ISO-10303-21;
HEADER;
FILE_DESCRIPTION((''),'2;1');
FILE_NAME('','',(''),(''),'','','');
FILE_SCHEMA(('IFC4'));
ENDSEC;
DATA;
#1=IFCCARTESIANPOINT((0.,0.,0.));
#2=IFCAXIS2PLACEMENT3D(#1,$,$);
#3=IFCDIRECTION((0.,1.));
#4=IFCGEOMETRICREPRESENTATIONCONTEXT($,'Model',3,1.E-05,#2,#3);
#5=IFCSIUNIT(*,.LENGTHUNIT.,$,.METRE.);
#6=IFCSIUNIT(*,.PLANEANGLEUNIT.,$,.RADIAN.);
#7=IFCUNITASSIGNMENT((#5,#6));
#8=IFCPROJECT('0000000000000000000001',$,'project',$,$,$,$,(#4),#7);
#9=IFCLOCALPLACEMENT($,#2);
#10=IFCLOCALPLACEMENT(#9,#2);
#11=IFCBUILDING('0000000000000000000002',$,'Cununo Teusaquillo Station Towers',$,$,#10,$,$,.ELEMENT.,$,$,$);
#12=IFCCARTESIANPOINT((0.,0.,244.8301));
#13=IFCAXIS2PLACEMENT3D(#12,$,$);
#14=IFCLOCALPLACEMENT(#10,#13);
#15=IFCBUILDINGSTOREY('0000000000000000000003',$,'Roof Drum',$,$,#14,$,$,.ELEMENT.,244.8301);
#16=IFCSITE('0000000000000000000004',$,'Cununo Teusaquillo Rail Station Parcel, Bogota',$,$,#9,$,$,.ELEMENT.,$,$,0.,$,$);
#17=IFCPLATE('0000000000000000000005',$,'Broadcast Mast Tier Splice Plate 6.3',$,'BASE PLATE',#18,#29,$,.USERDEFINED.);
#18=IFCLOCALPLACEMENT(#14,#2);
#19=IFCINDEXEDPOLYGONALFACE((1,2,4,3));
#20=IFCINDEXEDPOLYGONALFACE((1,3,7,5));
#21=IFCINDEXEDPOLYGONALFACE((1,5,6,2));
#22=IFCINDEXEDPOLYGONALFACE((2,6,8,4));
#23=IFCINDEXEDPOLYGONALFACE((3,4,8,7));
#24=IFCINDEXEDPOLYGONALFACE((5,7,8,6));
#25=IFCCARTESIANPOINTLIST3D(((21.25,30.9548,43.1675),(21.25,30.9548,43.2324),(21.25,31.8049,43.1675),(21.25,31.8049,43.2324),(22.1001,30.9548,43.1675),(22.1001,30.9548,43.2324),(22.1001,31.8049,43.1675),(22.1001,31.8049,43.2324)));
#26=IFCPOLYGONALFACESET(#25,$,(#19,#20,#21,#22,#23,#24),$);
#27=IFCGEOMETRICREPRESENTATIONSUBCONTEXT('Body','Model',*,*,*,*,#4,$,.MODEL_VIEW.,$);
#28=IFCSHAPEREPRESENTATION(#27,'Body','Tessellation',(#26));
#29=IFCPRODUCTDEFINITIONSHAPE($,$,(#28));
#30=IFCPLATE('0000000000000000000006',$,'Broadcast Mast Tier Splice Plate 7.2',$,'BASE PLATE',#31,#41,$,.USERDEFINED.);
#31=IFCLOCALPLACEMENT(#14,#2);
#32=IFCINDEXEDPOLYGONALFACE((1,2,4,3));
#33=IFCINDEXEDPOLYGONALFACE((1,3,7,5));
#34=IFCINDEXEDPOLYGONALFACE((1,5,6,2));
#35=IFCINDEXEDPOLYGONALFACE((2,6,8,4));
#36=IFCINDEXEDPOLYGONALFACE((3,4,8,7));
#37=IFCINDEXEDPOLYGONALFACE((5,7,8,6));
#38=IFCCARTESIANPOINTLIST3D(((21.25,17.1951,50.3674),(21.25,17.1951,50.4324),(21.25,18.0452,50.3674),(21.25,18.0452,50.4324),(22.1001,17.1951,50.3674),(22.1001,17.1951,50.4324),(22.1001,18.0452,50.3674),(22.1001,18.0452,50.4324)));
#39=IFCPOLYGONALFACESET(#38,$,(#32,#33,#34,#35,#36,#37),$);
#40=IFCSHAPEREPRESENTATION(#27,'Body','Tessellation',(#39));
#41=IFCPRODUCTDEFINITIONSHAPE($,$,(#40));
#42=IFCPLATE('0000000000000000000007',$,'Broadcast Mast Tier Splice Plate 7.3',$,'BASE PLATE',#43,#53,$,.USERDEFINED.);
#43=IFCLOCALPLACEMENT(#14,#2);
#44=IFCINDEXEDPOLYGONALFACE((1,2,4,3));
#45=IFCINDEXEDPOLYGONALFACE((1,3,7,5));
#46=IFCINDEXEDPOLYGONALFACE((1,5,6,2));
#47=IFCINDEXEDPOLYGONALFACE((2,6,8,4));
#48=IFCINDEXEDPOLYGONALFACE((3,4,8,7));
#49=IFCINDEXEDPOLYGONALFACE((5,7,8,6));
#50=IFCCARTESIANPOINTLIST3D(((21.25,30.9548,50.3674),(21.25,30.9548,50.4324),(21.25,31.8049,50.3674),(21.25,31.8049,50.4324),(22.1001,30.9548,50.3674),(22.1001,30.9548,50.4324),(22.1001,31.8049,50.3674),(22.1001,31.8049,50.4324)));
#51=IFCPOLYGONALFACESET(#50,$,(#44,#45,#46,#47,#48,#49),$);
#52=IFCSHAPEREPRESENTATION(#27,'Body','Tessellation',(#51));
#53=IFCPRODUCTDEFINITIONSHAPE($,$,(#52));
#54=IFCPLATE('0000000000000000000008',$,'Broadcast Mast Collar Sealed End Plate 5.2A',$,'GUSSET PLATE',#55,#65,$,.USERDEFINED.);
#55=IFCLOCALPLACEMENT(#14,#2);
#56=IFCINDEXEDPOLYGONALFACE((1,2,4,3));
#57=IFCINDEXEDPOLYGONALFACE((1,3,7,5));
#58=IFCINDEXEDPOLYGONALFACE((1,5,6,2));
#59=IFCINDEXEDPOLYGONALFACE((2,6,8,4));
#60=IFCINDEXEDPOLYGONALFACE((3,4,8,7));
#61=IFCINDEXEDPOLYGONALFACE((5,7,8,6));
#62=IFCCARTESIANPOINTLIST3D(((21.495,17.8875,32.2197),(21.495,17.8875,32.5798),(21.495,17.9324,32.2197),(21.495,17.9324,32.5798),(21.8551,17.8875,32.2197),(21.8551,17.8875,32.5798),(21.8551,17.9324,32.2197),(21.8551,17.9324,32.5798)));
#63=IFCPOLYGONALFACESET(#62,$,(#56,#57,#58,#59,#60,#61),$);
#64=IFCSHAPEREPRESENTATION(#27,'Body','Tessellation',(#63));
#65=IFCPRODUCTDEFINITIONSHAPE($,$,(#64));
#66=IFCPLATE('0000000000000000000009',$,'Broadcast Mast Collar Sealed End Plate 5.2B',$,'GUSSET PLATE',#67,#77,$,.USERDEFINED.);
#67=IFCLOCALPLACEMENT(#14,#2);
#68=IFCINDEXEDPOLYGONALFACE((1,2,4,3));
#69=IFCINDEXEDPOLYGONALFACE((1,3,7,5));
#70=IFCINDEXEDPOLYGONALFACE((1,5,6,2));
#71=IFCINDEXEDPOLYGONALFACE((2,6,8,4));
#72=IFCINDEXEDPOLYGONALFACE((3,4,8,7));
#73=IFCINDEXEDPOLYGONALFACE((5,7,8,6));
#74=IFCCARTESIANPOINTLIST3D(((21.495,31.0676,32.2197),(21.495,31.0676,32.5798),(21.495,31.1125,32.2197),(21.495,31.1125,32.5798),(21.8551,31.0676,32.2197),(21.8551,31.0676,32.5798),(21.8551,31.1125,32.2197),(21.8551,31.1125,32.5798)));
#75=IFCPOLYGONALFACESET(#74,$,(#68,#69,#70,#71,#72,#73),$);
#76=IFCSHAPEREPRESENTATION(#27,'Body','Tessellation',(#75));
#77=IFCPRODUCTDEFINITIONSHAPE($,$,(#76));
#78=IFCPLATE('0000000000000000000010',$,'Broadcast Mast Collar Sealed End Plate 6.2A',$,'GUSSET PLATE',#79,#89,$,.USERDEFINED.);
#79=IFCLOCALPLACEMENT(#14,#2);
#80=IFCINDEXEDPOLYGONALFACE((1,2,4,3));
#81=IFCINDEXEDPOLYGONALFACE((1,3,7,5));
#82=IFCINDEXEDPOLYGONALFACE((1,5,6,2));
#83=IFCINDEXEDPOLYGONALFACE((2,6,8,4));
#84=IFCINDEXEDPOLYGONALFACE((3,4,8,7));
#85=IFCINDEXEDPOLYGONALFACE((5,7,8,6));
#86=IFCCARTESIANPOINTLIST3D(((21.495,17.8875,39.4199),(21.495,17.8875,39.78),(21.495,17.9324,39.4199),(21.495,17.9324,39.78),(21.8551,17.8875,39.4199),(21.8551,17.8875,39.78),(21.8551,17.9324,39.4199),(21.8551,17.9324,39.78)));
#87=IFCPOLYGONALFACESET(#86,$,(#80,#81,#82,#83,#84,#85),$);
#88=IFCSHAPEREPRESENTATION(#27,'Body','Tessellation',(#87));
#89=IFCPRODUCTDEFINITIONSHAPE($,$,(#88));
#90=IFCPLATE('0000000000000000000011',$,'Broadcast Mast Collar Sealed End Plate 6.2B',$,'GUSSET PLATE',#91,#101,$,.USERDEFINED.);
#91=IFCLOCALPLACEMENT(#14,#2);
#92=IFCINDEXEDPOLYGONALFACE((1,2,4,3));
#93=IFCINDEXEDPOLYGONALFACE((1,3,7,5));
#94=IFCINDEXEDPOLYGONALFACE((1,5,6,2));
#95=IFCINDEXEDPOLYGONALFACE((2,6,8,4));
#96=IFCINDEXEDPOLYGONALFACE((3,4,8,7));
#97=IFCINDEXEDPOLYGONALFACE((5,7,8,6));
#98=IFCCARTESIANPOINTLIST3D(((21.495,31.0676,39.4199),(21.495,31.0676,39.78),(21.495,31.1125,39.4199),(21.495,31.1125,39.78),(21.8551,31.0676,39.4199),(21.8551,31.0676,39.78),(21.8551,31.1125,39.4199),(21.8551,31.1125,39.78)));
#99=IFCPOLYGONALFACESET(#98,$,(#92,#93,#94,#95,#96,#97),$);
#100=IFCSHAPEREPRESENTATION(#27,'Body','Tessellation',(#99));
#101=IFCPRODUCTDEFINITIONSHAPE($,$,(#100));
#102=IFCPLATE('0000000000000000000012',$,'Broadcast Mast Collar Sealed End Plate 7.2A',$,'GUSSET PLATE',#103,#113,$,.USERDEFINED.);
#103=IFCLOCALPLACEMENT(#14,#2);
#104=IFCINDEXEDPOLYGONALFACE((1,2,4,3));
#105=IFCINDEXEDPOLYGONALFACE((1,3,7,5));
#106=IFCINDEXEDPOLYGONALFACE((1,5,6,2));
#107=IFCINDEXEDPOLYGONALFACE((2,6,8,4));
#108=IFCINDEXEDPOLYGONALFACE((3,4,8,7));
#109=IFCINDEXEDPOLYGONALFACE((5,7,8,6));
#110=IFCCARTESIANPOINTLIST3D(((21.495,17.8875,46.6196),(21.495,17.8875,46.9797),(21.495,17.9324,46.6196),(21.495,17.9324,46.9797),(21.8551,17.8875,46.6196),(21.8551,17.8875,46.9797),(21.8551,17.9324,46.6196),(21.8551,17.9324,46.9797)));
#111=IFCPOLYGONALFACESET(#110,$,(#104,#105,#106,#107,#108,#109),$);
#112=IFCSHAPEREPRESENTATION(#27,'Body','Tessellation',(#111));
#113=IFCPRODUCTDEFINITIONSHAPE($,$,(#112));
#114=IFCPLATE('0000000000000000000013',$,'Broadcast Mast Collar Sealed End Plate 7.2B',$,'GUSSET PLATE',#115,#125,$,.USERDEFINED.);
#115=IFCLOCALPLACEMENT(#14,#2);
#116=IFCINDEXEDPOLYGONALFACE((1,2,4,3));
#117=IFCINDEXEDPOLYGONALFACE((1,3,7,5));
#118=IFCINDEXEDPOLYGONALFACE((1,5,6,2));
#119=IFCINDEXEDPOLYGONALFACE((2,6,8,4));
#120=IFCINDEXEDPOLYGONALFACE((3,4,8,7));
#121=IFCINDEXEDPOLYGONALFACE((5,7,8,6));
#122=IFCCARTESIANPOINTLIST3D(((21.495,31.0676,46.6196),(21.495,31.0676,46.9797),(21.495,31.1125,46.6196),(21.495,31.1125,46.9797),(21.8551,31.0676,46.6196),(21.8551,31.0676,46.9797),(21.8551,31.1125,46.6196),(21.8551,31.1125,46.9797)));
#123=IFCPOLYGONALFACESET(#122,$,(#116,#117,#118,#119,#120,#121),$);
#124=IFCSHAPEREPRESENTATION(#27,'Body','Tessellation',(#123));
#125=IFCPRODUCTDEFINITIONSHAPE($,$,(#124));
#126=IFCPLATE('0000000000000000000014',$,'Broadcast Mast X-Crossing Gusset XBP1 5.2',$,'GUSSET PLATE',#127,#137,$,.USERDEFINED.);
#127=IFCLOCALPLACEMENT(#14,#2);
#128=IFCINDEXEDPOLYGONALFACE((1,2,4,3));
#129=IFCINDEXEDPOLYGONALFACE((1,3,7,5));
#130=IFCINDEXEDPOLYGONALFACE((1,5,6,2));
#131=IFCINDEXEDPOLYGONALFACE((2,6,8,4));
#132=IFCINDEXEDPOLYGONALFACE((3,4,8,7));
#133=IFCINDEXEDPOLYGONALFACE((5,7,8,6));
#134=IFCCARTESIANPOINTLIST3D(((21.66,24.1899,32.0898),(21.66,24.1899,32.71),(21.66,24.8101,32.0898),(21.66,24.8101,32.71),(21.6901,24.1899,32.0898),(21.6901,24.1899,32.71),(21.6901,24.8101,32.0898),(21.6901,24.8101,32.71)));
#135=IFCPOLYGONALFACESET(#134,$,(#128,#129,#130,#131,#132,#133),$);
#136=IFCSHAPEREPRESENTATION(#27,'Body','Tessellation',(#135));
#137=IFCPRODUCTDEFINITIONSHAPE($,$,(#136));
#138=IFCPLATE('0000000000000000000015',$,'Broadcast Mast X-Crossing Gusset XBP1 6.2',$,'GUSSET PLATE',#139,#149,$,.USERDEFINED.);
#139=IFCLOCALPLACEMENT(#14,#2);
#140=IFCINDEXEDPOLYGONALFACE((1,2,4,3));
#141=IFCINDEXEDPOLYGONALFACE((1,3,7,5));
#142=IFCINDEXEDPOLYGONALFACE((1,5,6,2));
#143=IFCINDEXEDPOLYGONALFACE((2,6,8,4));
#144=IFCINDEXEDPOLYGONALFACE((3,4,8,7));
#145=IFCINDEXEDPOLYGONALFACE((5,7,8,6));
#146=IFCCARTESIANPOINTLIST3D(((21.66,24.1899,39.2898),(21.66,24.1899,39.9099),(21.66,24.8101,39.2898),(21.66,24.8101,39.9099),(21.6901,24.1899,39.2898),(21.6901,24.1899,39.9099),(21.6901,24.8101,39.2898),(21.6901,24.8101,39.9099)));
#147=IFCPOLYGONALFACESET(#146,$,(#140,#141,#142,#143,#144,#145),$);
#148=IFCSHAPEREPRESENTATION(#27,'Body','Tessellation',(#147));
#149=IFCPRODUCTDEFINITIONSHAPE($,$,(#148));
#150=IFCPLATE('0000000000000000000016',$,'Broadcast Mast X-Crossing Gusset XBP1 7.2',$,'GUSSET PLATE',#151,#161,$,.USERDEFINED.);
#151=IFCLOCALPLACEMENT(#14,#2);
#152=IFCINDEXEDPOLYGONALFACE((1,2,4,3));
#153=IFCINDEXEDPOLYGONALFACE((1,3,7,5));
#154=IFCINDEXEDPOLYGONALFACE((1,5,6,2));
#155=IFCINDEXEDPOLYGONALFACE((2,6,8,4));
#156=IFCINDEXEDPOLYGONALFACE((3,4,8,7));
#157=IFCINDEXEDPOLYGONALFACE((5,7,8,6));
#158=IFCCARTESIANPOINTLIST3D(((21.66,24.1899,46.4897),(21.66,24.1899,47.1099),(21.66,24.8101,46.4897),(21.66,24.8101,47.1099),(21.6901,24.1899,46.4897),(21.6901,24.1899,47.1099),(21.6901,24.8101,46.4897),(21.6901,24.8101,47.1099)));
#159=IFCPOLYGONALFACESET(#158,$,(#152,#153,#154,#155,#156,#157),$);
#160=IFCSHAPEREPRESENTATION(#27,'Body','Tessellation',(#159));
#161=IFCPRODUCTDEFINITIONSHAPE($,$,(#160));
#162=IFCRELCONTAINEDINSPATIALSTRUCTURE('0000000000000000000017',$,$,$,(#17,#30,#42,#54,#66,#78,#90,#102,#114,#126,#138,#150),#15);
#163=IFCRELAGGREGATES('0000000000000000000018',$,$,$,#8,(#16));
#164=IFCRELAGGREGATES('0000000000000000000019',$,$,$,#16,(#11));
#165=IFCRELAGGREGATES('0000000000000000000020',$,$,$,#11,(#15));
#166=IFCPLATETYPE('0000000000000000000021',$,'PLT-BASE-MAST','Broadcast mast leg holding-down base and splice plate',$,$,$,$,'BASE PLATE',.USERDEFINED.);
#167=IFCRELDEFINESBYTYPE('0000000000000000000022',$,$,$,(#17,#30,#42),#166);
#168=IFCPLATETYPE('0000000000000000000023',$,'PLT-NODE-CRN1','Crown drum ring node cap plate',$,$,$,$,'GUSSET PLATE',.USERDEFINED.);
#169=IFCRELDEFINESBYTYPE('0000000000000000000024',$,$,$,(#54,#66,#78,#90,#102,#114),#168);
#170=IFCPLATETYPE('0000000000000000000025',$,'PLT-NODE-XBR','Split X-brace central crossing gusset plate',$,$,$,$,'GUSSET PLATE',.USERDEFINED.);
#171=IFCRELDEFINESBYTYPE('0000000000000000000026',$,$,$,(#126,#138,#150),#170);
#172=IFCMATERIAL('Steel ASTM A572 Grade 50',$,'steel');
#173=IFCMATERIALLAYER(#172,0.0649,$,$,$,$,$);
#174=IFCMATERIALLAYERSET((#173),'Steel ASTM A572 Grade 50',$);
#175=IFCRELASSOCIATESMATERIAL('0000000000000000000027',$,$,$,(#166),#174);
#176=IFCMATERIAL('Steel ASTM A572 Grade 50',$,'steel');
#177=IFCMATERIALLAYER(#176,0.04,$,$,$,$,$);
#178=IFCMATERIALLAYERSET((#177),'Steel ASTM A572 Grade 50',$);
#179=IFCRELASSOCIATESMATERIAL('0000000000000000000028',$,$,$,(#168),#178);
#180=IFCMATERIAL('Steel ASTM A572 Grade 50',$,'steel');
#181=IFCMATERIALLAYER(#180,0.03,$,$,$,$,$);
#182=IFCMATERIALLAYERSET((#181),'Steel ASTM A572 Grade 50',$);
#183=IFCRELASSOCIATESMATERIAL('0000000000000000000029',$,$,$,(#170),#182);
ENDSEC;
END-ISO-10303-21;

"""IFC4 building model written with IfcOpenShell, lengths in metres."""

from ifc_helpers import new_model, si_unit, direction, frame, origin, origin_2d, place, context, subcontext, project, spatial, rectangle, extrude, source, transform, mapped, material, layer, layer_set, type_object, element, save


model = new_model("IFC4")

# Units and contexts
model_context = context("Model", 3, precision=1e-05, world=origin(), true_north=direction((0.0, 1.0)))
body_context = subcontext(model_context, "Body", "Model", "MODEL_VIEW")
ifc_project = project(units=[si_unit("LENGTHUNIT", "METRE"), si_unit("PLANEANGLEUNIT", "RADIAN")], contexts=[model_context])

# Site, building, storey
site_placement = place(None, origin())
site = spatial("IfcSite", under=ifc_project, at=site_placement, Name="Cununo Teusaquillo Rail Station Parcel, Bogota", CompositionType="ELEMENT", RefElevation=0.0)
building_placement = place(site_placement, origin())
building = spatial("IfcBuilding", under=site, at=building_placement, Name="Cununo Teusaquillo Station Towers", CompositionType="ELEMENT")
storey_placement = place(building_placement, frame((0.0, 0.0, 244.8301)))
storey = spatial("IfcBuildingStorey", under=building, at=storey_placement, Name="Roof Drum", CompositionType="ELEMENT", Elevation=244.8301)

# Plates
ifc_material_1 = material(Name="Steel ASTM A572 Grade 50", Category="steel")
ifc_layer_1 = layer(ifc_material_1, 0.0649)
ifc_layer_set_1 = layer_set([ifc_layer_1], Name="Steel ASTM A572 Grade 50")
plate_type_1 = type_object("IfcPlateType", Name="PLT-BASE-MAST", Description="Broadcast mast leg holding-down base and splice plate", ElementType="BASE PLATE", PredefinedType="USERDEFINED", material=ifc_layer_set_1)
shared_shape_1 = source(origin(), body_context, "Body", "SweptSolid", [
    extrude(rectangle(XDim=0.8501, YDim=0.8501, at=origin_2d()), origin(), (0.0, 0.0, 1.0), 0.0649),
])
for number, where, z_axis, x_axis, name in (
    (1, (21.675, 31.3799, 43.1675), (0.0, 0.0, 1.0), (1.0, 0.0, 0.0), "Broadcast Mast Tier Splice Plate 6.3"),
    (2, (21.675, 17.6201, 50.3674), (0.0, 0.0, 1.0), (1.0, 0.0, 0.0), "Broadcast Mast Tier Splice Plate 7.2"),
    (3, (21.675, 31.3799, 50.3674), (0.0, 0.0, 1.0), (1.0, 0.0, 0.0), "Broadcast Mast Tier Splice Plate 7.3"),
):
    element("IfcPlate", number, at=place(storey_placement, frame(where, z_axis=z_axis, x_axis=x_axis)), inside=storey, type_object=plate_type_1, Name=name, ObjectType="BASE PLATE", PredefinedType="USERDEFINED", context=body_context, shape_type="MappedRepresentation", body=[
        mapped(shared_shape_1, transform((0.0, 0.0, 0.0), x_axis=(1.0, 0.0, 0.0), y_axis=(0.0, 1.0, 0.0), z_axis=(0.0, 0.0, 1.0), scale=1.0)),
    ])
ifc_material_2 = material(Name="Steel ASTM A572 Grade 50", Category="steel")
ifc_layer_2 = layer(ifc_material_2, 0.04)
ifc_layer_set_2 = layer_set([ifc_layer_2], Name="Steel ASTM A572 Grade 50")
plate_type_2 = type_object("IfcPlateType", Name="PLT-NODE-CRN1", Description="Crown drum ring node cap plate", ElementType="GUSSET PLATE", PredefinedType="USERDEFINED", material=ifc_layer_set_2)
shared_shape_2 = source(origin(), body_context, "Body", "SweptSolid", [
    extrude(rectangle(XDim=0.0449, YDim=0.3601, at=origin_2d()), origin(), (0.0, 0.0, 1.0), 0.3601),
])
for number, where, z_axis, x_axis, name in (
    (4, (21.675, 17.9099, 32.2197), (0.0, 0.0, 1.0), (0.0, 1.0, 0.0), "Broadcast Mast Collar Sealed End Plate 5.2A"),
    (5, (21.675, 31.0901, 32.2197), (0.0, 0.0, 1.0), (0.0, 1.0, 0.0), "Broadcast Mast Collar Sealed End Plate 5.2B"),
    (6, (21.675, 17.9099, 39.4199), (0.0, 0.0, 1.0), (0.0, 1.0, 0.0), "Broadcast Mast Collar Sealed End Plate 6.2A"),
    (7, (21.675, 31.0901, 39.4199), (0.0, 0.0, 1.0), (0.0, 1.0, 0.0), "Broadcast Mast Collar Sealed End Plate 6.2B"),
    (8, (21.675, 17.9099, 46.6196), (0.0, 0.0, 1.0), (0.0, 1.0, 0.0), "Broadcast Mast Collar Sealed End Plate 7.2A"),
    (9, (21.675, 31.0901, 46.6196), (0.0, 0.0, 1.0), (0.0, 1.0, 0.0), "Broadcast Mast Collar Sealed End Plate 7.2B"),
):
    element("IfcPlate", number, at=place(storey_placement, frame(where, z_axis=z_axis, x_axis=x_axis)), inside=storey, type_object=plate_type_2, Name=name, ObjectType="GUSSET PLATE", PredefinedType="USERDEFINED", context=body_context, shape_type="MappedRepresentation", body=[
        mapped(shared_shape_2, transform((0.0, 0.0, 0.0), x_axis=(1.0, 0.0, 0.0), y_axis=(0.0, 1.0, 0.0), z_axis=(0.0, 0.0, 1.0), scale=1.0)),
    ])
ifc_material_3 = material(Name="Steel ASTM A572 Grade 50", Category="steel")
ifc_layer_3 = layer(ifc_material_3, 0.03)
ifc_layer_set_3 = layer_set([ifc_layer_3], Name="Steel ASTM A572 Grade 50")
plate_type_3 = type_object("IfcPlateType", Name="PLT-NODE-XBR", Description="Split X-brace central crossing gusset plate", ElementType="GUSSET PLATE", PredefinedType="USERDEFINED", material=ifc_layer_set_3)
shared_shape_3 = source(origin(), body_context, "Body", "SweptSolid", [
    extrude(rectangle(XDim=0.6201, YDim=0.03, at=origin_2d()), origin(), (0.0, 0.0, 1.0), 0.6201),
])
for number, where, z_axis, x_axis, name in (
    (10, (21.675, 24.5, 32.0898), (0.0, 0.0, 1.0), (0.0, 1.0, 0.0), "Broadcast Mast X-Crossing Gusset XBP1 5.2"),
    (11, (21.675, 24.5, 39.2898), (0.0, 0.0, 1.0), (0.0, 1.0, 0.0), "Broadcast Mast X-Crossing Gusset XBP1 6.2"),
    (12, (21.675, 24.5, 46.4897), (0.0, 0.0, 1.0), (0.0, 1.0, 0.0), "Broadcast Mast X-Crossing Gusset XBP1 7.2"),
):
    element("IfcPlate", number, at=place(storey_placement, frame(where, z_axis=z_axis, x_axis=x_axis)), inside=storey, type_object=plate_type_3, Name=name, ObjectType="GUSSET PLATE", PredefinedType="USERDEFINED", context=body_context, shape_type="MappedRepresentation", body=[
        mapped(shared_shape_3, transform((0.0, 0.0, 0.0), x_axis=(1.0, 0.0, 0.0), y_axis=(0.0, 1.0, 0.0), z_axis=(0.0, 0.0, 1.0), scale=1.0)),
    ])

save(model, "model.ifc")
